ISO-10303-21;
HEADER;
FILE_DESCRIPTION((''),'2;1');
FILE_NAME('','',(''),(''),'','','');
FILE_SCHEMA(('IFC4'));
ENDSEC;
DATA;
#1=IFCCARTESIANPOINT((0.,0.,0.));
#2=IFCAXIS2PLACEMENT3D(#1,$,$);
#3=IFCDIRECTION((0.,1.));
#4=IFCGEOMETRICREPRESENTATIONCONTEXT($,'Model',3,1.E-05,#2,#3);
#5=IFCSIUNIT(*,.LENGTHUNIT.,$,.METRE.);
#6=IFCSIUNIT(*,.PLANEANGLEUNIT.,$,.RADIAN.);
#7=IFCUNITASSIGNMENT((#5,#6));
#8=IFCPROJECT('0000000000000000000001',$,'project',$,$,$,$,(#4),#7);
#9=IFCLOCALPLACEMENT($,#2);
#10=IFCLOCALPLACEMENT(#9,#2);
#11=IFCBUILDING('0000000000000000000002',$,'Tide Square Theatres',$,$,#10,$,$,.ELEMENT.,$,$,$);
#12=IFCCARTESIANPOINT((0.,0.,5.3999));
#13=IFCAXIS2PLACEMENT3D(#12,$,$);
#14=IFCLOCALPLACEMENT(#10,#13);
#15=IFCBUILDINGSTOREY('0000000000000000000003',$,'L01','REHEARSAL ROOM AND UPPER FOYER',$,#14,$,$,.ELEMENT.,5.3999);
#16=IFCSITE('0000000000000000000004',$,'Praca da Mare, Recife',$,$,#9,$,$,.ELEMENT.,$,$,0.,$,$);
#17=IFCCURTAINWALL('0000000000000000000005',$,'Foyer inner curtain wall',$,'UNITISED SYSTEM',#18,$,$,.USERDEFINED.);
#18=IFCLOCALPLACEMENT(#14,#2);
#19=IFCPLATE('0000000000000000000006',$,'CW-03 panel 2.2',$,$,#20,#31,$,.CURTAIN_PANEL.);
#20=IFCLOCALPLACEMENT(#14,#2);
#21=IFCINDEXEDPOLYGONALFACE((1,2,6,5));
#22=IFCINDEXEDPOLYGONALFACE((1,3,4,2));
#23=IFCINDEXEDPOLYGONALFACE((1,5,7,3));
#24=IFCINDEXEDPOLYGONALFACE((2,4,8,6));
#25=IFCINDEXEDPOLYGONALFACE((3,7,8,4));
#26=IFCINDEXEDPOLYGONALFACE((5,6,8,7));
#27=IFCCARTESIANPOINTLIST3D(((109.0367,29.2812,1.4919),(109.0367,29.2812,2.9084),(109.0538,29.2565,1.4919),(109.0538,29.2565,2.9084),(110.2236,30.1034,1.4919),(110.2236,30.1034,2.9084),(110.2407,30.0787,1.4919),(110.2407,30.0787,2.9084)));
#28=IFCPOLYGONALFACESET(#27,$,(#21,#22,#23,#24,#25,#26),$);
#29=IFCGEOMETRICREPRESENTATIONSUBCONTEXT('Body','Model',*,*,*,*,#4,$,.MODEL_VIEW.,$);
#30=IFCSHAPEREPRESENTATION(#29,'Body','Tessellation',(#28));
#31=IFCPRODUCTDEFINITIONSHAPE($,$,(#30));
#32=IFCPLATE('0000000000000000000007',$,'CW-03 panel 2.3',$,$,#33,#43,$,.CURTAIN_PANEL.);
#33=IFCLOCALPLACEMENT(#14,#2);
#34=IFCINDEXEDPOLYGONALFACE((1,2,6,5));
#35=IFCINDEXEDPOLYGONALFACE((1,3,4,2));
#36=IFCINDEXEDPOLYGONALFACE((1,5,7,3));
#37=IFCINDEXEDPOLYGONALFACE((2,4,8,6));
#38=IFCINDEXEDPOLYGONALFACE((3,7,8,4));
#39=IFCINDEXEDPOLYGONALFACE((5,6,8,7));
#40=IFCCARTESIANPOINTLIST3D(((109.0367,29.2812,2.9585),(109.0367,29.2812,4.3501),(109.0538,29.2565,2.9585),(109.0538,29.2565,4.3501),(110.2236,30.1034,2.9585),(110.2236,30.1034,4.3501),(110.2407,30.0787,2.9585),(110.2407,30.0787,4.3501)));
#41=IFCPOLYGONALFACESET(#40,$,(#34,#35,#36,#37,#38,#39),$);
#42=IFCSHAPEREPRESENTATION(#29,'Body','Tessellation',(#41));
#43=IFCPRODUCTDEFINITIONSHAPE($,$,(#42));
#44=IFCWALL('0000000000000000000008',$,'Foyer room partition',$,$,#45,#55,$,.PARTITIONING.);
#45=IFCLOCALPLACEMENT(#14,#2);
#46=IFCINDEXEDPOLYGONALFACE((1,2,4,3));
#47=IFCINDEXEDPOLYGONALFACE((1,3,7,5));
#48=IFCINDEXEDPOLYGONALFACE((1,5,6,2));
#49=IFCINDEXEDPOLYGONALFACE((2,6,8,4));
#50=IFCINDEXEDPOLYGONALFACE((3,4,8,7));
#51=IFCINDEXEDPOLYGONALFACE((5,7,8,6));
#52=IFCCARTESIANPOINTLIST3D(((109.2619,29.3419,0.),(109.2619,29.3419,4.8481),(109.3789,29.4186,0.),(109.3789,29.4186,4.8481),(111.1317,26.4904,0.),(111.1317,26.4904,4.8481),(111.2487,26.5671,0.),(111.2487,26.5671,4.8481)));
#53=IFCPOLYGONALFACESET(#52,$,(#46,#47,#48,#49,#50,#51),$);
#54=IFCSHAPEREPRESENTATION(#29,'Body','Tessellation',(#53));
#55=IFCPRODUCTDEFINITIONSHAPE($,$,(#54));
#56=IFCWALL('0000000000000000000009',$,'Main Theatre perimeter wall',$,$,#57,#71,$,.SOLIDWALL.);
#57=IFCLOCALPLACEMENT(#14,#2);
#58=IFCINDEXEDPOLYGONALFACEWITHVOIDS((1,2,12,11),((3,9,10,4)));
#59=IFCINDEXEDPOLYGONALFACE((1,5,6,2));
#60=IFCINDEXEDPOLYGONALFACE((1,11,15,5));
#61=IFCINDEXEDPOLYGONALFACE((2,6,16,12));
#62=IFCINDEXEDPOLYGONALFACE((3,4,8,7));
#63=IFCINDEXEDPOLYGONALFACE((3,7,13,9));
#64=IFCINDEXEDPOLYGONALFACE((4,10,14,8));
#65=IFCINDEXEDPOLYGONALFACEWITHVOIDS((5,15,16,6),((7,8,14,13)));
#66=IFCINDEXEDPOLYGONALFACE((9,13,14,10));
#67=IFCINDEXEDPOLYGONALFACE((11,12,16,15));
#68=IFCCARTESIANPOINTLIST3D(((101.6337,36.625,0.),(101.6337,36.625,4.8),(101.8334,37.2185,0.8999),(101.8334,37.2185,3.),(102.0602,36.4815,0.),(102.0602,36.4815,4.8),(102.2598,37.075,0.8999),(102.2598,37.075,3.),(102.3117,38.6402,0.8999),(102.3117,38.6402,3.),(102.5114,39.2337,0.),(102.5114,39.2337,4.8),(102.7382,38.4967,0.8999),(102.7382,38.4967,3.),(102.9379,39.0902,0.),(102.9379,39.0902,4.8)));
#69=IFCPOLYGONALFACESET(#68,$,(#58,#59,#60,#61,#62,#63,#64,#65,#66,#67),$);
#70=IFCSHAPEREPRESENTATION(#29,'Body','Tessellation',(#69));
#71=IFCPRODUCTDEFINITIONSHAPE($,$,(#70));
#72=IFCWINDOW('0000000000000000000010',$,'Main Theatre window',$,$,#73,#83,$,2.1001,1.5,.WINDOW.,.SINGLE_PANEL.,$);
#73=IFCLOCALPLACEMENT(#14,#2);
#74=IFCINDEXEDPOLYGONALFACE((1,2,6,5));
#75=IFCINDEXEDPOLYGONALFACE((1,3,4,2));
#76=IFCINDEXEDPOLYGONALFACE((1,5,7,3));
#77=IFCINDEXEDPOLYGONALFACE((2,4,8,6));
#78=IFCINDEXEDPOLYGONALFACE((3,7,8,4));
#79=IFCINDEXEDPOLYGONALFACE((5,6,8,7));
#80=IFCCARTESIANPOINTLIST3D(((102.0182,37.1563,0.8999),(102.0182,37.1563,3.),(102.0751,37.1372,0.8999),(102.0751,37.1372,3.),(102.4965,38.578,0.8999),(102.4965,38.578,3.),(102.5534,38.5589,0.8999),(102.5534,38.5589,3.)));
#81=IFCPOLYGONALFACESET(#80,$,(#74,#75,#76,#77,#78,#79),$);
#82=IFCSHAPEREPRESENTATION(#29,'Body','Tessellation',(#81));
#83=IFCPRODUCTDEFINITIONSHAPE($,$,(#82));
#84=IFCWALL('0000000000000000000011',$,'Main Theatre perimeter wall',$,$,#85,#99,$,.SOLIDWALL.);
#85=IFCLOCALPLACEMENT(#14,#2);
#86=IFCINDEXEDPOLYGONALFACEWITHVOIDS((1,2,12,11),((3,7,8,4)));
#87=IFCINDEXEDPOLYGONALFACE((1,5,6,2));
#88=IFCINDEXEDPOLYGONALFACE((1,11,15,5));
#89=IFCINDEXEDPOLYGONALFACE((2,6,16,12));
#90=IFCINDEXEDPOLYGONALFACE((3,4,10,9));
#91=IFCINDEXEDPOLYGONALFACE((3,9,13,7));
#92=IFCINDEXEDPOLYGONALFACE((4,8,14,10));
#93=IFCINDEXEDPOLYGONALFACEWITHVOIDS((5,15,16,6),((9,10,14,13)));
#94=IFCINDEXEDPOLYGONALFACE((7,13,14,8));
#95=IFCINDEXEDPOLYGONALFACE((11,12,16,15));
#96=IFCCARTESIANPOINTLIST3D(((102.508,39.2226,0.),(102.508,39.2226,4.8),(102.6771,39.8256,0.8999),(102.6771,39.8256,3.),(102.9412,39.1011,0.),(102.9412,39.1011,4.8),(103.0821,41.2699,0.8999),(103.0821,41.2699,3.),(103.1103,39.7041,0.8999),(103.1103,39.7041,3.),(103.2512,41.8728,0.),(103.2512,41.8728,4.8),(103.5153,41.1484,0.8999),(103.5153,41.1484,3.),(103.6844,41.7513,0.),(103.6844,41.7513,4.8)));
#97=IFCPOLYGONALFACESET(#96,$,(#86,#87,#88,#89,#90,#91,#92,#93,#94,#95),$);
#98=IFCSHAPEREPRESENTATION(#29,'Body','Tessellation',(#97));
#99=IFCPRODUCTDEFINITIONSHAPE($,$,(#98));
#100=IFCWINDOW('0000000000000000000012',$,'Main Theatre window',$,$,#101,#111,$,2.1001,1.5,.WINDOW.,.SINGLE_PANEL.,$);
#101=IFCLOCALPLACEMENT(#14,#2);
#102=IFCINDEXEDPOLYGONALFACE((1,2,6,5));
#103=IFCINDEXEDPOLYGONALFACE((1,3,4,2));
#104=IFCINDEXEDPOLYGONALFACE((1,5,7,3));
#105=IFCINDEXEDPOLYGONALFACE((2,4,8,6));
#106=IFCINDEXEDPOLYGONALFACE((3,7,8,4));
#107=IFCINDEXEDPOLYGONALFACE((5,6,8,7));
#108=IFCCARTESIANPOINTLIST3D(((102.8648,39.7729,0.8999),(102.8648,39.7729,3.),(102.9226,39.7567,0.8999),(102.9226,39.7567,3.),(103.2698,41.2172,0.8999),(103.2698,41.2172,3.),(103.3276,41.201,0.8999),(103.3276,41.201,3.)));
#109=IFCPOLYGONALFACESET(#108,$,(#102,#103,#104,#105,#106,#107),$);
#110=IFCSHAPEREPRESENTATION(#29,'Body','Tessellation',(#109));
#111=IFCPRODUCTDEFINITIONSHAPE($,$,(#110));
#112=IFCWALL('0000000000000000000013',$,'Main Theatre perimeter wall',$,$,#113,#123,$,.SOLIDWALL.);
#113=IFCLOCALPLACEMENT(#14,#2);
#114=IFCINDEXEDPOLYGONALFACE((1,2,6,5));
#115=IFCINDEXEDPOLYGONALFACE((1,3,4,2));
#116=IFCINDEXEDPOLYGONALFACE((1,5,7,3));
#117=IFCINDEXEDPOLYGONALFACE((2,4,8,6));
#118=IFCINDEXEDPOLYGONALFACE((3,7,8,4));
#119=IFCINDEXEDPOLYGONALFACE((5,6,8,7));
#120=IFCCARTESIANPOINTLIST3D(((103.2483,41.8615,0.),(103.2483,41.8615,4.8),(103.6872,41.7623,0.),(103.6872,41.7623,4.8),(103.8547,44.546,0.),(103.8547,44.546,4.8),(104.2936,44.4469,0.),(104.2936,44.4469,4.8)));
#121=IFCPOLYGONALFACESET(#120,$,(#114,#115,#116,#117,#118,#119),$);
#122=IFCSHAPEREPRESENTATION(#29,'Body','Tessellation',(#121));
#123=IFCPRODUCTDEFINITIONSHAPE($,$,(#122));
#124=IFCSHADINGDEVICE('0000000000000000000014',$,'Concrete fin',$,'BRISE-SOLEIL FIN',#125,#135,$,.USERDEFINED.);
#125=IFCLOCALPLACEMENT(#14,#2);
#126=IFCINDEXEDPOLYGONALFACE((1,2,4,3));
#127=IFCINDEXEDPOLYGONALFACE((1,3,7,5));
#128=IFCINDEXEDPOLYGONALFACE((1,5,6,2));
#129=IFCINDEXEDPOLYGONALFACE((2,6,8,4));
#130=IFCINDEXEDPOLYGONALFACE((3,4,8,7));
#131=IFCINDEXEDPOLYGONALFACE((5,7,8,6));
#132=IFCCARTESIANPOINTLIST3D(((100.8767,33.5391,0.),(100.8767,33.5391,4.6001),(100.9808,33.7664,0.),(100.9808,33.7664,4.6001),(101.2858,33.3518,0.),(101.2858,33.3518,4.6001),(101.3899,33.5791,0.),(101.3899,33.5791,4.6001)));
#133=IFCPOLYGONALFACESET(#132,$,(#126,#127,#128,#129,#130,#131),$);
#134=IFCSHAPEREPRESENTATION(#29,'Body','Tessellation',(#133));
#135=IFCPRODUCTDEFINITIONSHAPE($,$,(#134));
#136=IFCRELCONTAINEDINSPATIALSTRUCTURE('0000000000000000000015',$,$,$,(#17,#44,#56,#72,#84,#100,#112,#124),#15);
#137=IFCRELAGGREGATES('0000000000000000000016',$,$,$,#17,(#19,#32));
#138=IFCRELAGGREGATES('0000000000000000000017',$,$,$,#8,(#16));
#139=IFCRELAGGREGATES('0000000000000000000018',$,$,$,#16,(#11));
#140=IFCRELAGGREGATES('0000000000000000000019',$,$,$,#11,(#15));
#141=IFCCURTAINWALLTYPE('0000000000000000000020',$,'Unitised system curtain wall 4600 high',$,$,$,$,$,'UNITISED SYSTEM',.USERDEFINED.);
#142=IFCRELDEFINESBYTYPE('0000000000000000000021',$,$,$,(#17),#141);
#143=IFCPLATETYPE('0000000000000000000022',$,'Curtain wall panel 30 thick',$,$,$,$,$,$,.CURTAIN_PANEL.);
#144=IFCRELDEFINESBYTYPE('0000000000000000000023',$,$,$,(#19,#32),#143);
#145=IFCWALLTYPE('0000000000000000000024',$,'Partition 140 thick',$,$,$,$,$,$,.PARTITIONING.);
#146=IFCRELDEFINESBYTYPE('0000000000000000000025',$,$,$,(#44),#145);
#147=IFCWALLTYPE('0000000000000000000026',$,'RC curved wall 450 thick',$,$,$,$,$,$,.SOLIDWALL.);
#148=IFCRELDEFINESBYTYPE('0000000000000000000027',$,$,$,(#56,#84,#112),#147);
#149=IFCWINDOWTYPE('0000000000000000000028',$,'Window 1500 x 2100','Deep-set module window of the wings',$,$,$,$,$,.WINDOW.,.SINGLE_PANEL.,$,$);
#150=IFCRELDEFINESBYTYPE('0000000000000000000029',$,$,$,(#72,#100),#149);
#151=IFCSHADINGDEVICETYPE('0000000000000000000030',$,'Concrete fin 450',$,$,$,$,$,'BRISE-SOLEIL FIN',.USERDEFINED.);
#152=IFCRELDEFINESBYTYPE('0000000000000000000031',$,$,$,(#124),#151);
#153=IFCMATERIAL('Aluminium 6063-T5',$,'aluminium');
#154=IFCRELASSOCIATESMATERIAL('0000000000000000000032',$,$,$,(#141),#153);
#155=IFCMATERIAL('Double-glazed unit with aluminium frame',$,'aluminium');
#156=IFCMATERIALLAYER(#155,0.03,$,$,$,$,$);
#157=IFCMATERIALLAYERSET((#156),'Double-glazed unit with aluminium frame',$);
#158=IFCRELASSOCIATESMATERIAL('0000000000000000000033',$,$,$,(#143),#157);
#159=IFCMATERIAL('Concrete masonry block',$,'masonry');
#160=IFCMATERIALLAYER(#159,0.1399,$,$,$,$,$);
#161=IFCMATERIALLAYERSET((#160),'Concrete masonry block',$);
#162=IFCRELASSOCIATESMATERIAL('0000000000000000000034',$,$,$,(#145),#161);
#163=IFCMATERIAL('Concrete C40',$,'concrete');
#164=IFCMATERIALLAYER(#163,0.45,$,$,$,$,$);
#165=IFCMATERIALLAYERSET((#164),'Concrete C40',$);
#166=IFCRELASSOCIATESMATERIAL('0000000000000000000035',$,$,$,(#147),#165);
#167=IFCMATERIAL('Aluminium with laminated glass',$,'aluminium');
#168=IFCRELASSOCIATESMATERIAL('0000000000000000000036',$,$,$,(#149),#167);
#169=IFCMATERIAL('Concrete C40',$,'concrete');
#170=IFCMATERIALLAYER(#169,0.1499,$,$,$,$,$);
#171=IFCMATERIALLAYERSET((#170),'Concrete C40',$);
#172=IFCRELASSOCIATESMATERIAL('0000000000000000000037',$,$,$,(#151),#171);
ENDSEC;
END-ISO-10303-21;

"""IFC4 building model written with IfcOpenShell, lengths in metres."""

from ifc_helpers import new_model, si_unit, direction, frame, frame_2d, origin, origin_2d, place, context, subcontext, project, spatial, rectangle, extrude, material, layer, layer_set, type_object, element, fill, aggregate, save


model = new_model("IFC4")

# Units and contexts
model_context = context("Model", 3, precision=1e-05, world=origin(), true_north=direction((0.0, 1.0)))
body_context = subcontext(model_context, "Body", "Model", "MODEL_VIEW")
ifc_project = project(units=[si_unit("LENGTHUNIT", "METRE"), si_unit("PLANEANGLEUNIT", "RADIAN")], contexts=[model_context])

# Site, building, storey
site_placement = place(None, origin())
site = spatial("IfcSite", under=ifc_project, at=site_placement, Name="Praca da Mare, Recife", CompositionType="ELEMENT", RefElevation=0.0)
building_placement = place(site_placement, origin())
building = spatial("IfcBuilding", under=site, at=building_placement, Name="Tide Square Theatres", CompositionType="ELEMENT")
storey_placement = place(building_placement, frame((0.0, 0.0, 5.3999)))
storey = spatial("IfcBuildingStorey", under=building, at=storey_placement, Name="L01", Description="REHEARSAL ROOM AND UPPER FOYER", CompositionType="ELEMENT", Elevation=5.3999)

# Curtain wall
ifc_material_1 = material(Name="Aluminium 6063-T5", Category="aluminium")
curtain_wall_type = type_object("IfcCurtainWallType", Name="Unitised system curtain wall 4600 high", ElementType="UNITISED SYSTEM", PredefinedType="USERDEFINED", material=ifc_material_1)
curtain_wall_1_placement = place(storey_placement, origin())
curtain_wall_1 = element("IfcCurtainWall", 1, at=curtain_wall_1_placement, inside=storey, type_object=curtain_wall_type, Name="Foyer inner curtain wall", ObjectType="UNITISED SYSTEM", PredefinedType="USERDEFINED")

# Plates
ifc_material_2 = material(Name="Double-glazed unit with aluminium frame", Category="aluminium")
ifc_layer_1 = layer(ifc_material_2, 0.03)
ifc_layer_set_1 = layer_set([ifc_layer_1], Name="Double-glazed unit with aluminium frame")
plate_type = type_object("IfcPlateType", Name="Curtain wall panel 30 thick", PredefinedType="CURTAIN_PANEL", material=ifc_layer_set_1)
plate_1_placement = place(storey_placement, frame((109.6387, 29.6799, 1.4919), z_axis=(0.0, 0.0, 1.0), x_axis=(-0.822012, -0.56947, 0.0)))
plate_1 = element("IfcPlate", 2, at=plate_1_placement, type_object=plate_type, Name="CW-03 panel 2.2", PredefinedType="CURTAIN_PANEL", context=body_context, shape_type="SweptSolid", body=[
    extrude(rectangle(XDim=1.4438, YDim=0.03, at=origin_2d()), origin(), (0.0, 0.0, 1.0), 1.4165),
])
plate_2_placement = place(storey_placement, frame((109.6387, 29.6799, 2.9585), z_axis=(0.0, 0.0, 1.0), x_axis=(-0.822012, -0.56947, 0.0)))
plate_2 = element("IfcPlate", 3, at=plate_2_placement, type_object=plate_type, Name="CW-03 panel 2.3", PredefinedType="CURTAIN_PANEL", context=body_context, shape_type="SweptSolid", body=[
    extrude(rectangle(XDim=1.4438, YDim=0.03, at=origin_2d()), origin(), (0.0, 0.0, 1.0), 1.3916),
])
aggregate(curtain_wall_1, [plate_1, plate_2])

# Wall
ifc_material_3 = material(Name="Concrete masonry block", Category="masonry")
ifc_layer_2 = layer(ifc_material_3, 0.1399)
ifc_layer_set_2 = layer_set([ifc_layer_2], Name="Concrete masonry block")
wall_type_1 = type_object("IfcWallType", Name="Partition 140 thick", PredefinedType="PARTITIONING", material=ifc_layer_set_2)
wall_1_placement = place(storey_placement, frame((109.3203, 29.3804, 0.0), z_axis=(0.0, 0.0, 1.0), x_axis=(0.548356, -0.836245, 0.0)))
element("IfcWall", 4, at=wall_1_placement, inside=storey, type_object=wall_type_1, Name="Foyer room partition", PredefinedType="PARTITIONING", context=body_context, shape_type="SweptSolid", body=[
    extrude(rectangle(XDim=3.4099, YDim=0.1399, at=frame_2d((1.7051, 0.0))), origin(), (0.0, 0.0, 1.0), 4.8481),
])

# Walls, openings, windows
ifc_material_4 = material(Name="Concrete C40", Category="concrete")
ifc_layer_3 = layer(ifc_material_4, 0.45)
ifc_layer_set_3 = layer_set([ifc_layer_3], Name="Concrete C40")
wall_type_2 = type_object("IfcWallType", Name="RC curved wall 450 thick", PredefinedType="SOLIDWALL", material=ifc_layer_set_3)
wall_2_placement = place(storey_placement, frame((101.8469, 36.5532, 0.0), z_axis=(0.0, 0.0, 1.0), x_axis=(0.318888, 0.947793, 0.0)))
wall_2 = element("IfcWall", 5, at=wall_2_placement, inside=storey, type_object=wall_type_2, Name="Main Theatre perimeter wall", PredefinedType="SOLIDWALL", context=body_context, shape_type="SweptSolid", body=[
    extrude(rectangle(XDim=2.7524, YDim=0.45, at=frame_2d((1.3762, 0.0))), origin(), (0.0, 0.0, 1.0), 4.8),
])
opening_1_placement = place(wall_2_placement, frame((0.6262, 0.0, 0.8999)))
opening_1 = element("IfcOpeningElement", 6, at=opening_1_placement, cuts=wall_2, PredefinedType="OPENING", context=body_context, shape_type="SweptSolid", body=[
    extrude(rectangle(XDim=1.5, YDim=2.1001, at=frame_2d((0.75, 1.05))), frame((0.0, 0.2349, 0.0), z_axis=(0.0, -1.0, 0.0), x_axis=(1.0, 0.0, 0.0)), (0.0, 0.0, 1.0), 0.47),
])
ifc_material_5 = material(Name="Aluminium with laminated glass", Category="aluminium")
window_type = type_object("IfcWindowType", Name="Window 1500 x 2100", Description="Deep-set module window of the wings", PartitioningType="SINGLE_PANEL", PredefinedType="WINDOW", material=ifc_material_5)
window_1_placement = place(opening_1_placement, origin())
window_1 = element("IfcWindow", 7, at=window_1_placement, inside=storey, type_object=window_type, Name="Main Theatre window", OverallHeight=2.1001, OverallWidth=1.5, PartitioningType="SINGLE_PANEL", PredefinedType="WINDOW", context=body_context, shape_type="SweptSolid", body=[
    extrude(rectangle(XDim=1.5, YDim=2.1001, at=frame_2d((0.75, 1.05))), frame((0.0, 0.03, 0.0), z_axis=(0.0, -1.0, 0.0), x_axis=(1.0, 0.0, 0.0)), (0.0, 0.0, 1.0), 0.0601),
])
fill(opening_1, window_1)
wall_3_placement = place(storey_placement, frame((102.7246, 39.1619, 0.0), z_axis=(0.0, 0.0, 1.0), x_axis=(0.270008, 0.962858, 0.0)))
wall_3 = element("IfcWall", 8, at=wall_3_placement, inside=storey, type_object=wall_type_2, Name="Main Theatre perimeter wall", PredefinedType="SOLIDWALL", context=body_context, shape_type="SweptSolid", body=[
    extrude(rectangle(XDim=2.7524, YDim=0.45, at=frame_2d((1.3762, 0.0))), origin(), (0.0, 0.0, 1.0), 4.8),
])
opening_2_placement = place(wall_3_placement, frame((0.6262, 0.0, 0.8999)))
opening_2 = element("IfcOpeningElement", 9, at=opening_2_placement, cuts=wall_3, PredefinedType="OPENING", context=body_context, shape_type="SweptSolid", body=[
    extrude(rectangle(XDim=1.5, YDim=2.1001, at=frame_2d((0.75, 1.05))), frame((0.0, 0.2349, 0.0), z_axis=(0.0, -1.0, 0.0), x_axis=(1.0, 0.0, 0.0)), (0.0, 0.0, 1.0), 0.47),
])
window_2_placement = place(opening_2_placement, origin())
window_2 = element("IfcWindow", 10, at=window_2_placement, inside=storey, type_object=window_type, Name="Main Theatre window", OverallHeight=2.1001, OverallWidth=1.5, PartitioningType="SINGLE_PANEL", PredefinedType="WINDOW", context=body_context, shape_type="SweptSolid", body=[
    extrude(rectangle(XDim=1.5, YDim=2.1001, at=frame_2d((0.75, 1.05))), frame((0.0, 0.03, 0.0), z_axis=(0.0, -1.0, 0.0), x_axis=(1.0, 0.0, 0.0)), (0.0, 0.0, 1.0), 0.0601),
])
fill(opening_2, window_2)

# Wall
wall_4_placement = place(storey_placement, frame((103.4678, 41.812, 0.0), z_axis=(0.0, 0.0, 1.0), x_axis=(0.220348, 0.975421, 0.0)))
element("IfcWall", 11, at=wall_4_placement, inside=storey, type_object=wall_type_2, Name="Main Theatre perimeter wall", PredefinedType="SOLIDWALL", context=body_context, shape_type="SweptSolid", body=[
    extrude(rectangle(XDim=2.7522, YDim=0.45, at=frame_2d((1.376, 0.0))), origin(), (0.0, 0.0, 1.0), 4.8),
])

# Shading device
ifc_material_6 = material(Name="Concrete C40", Category="concrete")
ifc_layer_4 = layer(ifc_material_6, 0.1499)
ifc_layer_set_4 = layer_set([ifc_layer_4], Name="Concrete C40")
shading_device_type = type_object("IfcShadingDeviceType", Name="Concrete fin 450", ElementType="BRISE-SOLEIL FIN", PredefinedType="USERDEFINED", material=ifc_layer_set_4)
shading_device_placement = place(storey_placement, frame((101.1333, 33.5591, 0.0), z_axis=(0.0, 0.0, 1.0), x_axis=(0.416344, 0.909207, 0.0)))
element("IfcShadingDevice", 12, at=shading_device_placement, inside=storey, type_object=shading_device_type, Name="Concrete fin", ObjectType="BRISE-SOLEIL FIN", PredefinedType="USERDEFINED", context=body_context, shape_type="SweptSolid", body=[
    extrude(rectangle(XDim=0.25, YDim=0.45, at=origin_2d()), origin(), (0.0, 0.0, 1.0), 4.6001),
])

save(model, "model.ifc")
